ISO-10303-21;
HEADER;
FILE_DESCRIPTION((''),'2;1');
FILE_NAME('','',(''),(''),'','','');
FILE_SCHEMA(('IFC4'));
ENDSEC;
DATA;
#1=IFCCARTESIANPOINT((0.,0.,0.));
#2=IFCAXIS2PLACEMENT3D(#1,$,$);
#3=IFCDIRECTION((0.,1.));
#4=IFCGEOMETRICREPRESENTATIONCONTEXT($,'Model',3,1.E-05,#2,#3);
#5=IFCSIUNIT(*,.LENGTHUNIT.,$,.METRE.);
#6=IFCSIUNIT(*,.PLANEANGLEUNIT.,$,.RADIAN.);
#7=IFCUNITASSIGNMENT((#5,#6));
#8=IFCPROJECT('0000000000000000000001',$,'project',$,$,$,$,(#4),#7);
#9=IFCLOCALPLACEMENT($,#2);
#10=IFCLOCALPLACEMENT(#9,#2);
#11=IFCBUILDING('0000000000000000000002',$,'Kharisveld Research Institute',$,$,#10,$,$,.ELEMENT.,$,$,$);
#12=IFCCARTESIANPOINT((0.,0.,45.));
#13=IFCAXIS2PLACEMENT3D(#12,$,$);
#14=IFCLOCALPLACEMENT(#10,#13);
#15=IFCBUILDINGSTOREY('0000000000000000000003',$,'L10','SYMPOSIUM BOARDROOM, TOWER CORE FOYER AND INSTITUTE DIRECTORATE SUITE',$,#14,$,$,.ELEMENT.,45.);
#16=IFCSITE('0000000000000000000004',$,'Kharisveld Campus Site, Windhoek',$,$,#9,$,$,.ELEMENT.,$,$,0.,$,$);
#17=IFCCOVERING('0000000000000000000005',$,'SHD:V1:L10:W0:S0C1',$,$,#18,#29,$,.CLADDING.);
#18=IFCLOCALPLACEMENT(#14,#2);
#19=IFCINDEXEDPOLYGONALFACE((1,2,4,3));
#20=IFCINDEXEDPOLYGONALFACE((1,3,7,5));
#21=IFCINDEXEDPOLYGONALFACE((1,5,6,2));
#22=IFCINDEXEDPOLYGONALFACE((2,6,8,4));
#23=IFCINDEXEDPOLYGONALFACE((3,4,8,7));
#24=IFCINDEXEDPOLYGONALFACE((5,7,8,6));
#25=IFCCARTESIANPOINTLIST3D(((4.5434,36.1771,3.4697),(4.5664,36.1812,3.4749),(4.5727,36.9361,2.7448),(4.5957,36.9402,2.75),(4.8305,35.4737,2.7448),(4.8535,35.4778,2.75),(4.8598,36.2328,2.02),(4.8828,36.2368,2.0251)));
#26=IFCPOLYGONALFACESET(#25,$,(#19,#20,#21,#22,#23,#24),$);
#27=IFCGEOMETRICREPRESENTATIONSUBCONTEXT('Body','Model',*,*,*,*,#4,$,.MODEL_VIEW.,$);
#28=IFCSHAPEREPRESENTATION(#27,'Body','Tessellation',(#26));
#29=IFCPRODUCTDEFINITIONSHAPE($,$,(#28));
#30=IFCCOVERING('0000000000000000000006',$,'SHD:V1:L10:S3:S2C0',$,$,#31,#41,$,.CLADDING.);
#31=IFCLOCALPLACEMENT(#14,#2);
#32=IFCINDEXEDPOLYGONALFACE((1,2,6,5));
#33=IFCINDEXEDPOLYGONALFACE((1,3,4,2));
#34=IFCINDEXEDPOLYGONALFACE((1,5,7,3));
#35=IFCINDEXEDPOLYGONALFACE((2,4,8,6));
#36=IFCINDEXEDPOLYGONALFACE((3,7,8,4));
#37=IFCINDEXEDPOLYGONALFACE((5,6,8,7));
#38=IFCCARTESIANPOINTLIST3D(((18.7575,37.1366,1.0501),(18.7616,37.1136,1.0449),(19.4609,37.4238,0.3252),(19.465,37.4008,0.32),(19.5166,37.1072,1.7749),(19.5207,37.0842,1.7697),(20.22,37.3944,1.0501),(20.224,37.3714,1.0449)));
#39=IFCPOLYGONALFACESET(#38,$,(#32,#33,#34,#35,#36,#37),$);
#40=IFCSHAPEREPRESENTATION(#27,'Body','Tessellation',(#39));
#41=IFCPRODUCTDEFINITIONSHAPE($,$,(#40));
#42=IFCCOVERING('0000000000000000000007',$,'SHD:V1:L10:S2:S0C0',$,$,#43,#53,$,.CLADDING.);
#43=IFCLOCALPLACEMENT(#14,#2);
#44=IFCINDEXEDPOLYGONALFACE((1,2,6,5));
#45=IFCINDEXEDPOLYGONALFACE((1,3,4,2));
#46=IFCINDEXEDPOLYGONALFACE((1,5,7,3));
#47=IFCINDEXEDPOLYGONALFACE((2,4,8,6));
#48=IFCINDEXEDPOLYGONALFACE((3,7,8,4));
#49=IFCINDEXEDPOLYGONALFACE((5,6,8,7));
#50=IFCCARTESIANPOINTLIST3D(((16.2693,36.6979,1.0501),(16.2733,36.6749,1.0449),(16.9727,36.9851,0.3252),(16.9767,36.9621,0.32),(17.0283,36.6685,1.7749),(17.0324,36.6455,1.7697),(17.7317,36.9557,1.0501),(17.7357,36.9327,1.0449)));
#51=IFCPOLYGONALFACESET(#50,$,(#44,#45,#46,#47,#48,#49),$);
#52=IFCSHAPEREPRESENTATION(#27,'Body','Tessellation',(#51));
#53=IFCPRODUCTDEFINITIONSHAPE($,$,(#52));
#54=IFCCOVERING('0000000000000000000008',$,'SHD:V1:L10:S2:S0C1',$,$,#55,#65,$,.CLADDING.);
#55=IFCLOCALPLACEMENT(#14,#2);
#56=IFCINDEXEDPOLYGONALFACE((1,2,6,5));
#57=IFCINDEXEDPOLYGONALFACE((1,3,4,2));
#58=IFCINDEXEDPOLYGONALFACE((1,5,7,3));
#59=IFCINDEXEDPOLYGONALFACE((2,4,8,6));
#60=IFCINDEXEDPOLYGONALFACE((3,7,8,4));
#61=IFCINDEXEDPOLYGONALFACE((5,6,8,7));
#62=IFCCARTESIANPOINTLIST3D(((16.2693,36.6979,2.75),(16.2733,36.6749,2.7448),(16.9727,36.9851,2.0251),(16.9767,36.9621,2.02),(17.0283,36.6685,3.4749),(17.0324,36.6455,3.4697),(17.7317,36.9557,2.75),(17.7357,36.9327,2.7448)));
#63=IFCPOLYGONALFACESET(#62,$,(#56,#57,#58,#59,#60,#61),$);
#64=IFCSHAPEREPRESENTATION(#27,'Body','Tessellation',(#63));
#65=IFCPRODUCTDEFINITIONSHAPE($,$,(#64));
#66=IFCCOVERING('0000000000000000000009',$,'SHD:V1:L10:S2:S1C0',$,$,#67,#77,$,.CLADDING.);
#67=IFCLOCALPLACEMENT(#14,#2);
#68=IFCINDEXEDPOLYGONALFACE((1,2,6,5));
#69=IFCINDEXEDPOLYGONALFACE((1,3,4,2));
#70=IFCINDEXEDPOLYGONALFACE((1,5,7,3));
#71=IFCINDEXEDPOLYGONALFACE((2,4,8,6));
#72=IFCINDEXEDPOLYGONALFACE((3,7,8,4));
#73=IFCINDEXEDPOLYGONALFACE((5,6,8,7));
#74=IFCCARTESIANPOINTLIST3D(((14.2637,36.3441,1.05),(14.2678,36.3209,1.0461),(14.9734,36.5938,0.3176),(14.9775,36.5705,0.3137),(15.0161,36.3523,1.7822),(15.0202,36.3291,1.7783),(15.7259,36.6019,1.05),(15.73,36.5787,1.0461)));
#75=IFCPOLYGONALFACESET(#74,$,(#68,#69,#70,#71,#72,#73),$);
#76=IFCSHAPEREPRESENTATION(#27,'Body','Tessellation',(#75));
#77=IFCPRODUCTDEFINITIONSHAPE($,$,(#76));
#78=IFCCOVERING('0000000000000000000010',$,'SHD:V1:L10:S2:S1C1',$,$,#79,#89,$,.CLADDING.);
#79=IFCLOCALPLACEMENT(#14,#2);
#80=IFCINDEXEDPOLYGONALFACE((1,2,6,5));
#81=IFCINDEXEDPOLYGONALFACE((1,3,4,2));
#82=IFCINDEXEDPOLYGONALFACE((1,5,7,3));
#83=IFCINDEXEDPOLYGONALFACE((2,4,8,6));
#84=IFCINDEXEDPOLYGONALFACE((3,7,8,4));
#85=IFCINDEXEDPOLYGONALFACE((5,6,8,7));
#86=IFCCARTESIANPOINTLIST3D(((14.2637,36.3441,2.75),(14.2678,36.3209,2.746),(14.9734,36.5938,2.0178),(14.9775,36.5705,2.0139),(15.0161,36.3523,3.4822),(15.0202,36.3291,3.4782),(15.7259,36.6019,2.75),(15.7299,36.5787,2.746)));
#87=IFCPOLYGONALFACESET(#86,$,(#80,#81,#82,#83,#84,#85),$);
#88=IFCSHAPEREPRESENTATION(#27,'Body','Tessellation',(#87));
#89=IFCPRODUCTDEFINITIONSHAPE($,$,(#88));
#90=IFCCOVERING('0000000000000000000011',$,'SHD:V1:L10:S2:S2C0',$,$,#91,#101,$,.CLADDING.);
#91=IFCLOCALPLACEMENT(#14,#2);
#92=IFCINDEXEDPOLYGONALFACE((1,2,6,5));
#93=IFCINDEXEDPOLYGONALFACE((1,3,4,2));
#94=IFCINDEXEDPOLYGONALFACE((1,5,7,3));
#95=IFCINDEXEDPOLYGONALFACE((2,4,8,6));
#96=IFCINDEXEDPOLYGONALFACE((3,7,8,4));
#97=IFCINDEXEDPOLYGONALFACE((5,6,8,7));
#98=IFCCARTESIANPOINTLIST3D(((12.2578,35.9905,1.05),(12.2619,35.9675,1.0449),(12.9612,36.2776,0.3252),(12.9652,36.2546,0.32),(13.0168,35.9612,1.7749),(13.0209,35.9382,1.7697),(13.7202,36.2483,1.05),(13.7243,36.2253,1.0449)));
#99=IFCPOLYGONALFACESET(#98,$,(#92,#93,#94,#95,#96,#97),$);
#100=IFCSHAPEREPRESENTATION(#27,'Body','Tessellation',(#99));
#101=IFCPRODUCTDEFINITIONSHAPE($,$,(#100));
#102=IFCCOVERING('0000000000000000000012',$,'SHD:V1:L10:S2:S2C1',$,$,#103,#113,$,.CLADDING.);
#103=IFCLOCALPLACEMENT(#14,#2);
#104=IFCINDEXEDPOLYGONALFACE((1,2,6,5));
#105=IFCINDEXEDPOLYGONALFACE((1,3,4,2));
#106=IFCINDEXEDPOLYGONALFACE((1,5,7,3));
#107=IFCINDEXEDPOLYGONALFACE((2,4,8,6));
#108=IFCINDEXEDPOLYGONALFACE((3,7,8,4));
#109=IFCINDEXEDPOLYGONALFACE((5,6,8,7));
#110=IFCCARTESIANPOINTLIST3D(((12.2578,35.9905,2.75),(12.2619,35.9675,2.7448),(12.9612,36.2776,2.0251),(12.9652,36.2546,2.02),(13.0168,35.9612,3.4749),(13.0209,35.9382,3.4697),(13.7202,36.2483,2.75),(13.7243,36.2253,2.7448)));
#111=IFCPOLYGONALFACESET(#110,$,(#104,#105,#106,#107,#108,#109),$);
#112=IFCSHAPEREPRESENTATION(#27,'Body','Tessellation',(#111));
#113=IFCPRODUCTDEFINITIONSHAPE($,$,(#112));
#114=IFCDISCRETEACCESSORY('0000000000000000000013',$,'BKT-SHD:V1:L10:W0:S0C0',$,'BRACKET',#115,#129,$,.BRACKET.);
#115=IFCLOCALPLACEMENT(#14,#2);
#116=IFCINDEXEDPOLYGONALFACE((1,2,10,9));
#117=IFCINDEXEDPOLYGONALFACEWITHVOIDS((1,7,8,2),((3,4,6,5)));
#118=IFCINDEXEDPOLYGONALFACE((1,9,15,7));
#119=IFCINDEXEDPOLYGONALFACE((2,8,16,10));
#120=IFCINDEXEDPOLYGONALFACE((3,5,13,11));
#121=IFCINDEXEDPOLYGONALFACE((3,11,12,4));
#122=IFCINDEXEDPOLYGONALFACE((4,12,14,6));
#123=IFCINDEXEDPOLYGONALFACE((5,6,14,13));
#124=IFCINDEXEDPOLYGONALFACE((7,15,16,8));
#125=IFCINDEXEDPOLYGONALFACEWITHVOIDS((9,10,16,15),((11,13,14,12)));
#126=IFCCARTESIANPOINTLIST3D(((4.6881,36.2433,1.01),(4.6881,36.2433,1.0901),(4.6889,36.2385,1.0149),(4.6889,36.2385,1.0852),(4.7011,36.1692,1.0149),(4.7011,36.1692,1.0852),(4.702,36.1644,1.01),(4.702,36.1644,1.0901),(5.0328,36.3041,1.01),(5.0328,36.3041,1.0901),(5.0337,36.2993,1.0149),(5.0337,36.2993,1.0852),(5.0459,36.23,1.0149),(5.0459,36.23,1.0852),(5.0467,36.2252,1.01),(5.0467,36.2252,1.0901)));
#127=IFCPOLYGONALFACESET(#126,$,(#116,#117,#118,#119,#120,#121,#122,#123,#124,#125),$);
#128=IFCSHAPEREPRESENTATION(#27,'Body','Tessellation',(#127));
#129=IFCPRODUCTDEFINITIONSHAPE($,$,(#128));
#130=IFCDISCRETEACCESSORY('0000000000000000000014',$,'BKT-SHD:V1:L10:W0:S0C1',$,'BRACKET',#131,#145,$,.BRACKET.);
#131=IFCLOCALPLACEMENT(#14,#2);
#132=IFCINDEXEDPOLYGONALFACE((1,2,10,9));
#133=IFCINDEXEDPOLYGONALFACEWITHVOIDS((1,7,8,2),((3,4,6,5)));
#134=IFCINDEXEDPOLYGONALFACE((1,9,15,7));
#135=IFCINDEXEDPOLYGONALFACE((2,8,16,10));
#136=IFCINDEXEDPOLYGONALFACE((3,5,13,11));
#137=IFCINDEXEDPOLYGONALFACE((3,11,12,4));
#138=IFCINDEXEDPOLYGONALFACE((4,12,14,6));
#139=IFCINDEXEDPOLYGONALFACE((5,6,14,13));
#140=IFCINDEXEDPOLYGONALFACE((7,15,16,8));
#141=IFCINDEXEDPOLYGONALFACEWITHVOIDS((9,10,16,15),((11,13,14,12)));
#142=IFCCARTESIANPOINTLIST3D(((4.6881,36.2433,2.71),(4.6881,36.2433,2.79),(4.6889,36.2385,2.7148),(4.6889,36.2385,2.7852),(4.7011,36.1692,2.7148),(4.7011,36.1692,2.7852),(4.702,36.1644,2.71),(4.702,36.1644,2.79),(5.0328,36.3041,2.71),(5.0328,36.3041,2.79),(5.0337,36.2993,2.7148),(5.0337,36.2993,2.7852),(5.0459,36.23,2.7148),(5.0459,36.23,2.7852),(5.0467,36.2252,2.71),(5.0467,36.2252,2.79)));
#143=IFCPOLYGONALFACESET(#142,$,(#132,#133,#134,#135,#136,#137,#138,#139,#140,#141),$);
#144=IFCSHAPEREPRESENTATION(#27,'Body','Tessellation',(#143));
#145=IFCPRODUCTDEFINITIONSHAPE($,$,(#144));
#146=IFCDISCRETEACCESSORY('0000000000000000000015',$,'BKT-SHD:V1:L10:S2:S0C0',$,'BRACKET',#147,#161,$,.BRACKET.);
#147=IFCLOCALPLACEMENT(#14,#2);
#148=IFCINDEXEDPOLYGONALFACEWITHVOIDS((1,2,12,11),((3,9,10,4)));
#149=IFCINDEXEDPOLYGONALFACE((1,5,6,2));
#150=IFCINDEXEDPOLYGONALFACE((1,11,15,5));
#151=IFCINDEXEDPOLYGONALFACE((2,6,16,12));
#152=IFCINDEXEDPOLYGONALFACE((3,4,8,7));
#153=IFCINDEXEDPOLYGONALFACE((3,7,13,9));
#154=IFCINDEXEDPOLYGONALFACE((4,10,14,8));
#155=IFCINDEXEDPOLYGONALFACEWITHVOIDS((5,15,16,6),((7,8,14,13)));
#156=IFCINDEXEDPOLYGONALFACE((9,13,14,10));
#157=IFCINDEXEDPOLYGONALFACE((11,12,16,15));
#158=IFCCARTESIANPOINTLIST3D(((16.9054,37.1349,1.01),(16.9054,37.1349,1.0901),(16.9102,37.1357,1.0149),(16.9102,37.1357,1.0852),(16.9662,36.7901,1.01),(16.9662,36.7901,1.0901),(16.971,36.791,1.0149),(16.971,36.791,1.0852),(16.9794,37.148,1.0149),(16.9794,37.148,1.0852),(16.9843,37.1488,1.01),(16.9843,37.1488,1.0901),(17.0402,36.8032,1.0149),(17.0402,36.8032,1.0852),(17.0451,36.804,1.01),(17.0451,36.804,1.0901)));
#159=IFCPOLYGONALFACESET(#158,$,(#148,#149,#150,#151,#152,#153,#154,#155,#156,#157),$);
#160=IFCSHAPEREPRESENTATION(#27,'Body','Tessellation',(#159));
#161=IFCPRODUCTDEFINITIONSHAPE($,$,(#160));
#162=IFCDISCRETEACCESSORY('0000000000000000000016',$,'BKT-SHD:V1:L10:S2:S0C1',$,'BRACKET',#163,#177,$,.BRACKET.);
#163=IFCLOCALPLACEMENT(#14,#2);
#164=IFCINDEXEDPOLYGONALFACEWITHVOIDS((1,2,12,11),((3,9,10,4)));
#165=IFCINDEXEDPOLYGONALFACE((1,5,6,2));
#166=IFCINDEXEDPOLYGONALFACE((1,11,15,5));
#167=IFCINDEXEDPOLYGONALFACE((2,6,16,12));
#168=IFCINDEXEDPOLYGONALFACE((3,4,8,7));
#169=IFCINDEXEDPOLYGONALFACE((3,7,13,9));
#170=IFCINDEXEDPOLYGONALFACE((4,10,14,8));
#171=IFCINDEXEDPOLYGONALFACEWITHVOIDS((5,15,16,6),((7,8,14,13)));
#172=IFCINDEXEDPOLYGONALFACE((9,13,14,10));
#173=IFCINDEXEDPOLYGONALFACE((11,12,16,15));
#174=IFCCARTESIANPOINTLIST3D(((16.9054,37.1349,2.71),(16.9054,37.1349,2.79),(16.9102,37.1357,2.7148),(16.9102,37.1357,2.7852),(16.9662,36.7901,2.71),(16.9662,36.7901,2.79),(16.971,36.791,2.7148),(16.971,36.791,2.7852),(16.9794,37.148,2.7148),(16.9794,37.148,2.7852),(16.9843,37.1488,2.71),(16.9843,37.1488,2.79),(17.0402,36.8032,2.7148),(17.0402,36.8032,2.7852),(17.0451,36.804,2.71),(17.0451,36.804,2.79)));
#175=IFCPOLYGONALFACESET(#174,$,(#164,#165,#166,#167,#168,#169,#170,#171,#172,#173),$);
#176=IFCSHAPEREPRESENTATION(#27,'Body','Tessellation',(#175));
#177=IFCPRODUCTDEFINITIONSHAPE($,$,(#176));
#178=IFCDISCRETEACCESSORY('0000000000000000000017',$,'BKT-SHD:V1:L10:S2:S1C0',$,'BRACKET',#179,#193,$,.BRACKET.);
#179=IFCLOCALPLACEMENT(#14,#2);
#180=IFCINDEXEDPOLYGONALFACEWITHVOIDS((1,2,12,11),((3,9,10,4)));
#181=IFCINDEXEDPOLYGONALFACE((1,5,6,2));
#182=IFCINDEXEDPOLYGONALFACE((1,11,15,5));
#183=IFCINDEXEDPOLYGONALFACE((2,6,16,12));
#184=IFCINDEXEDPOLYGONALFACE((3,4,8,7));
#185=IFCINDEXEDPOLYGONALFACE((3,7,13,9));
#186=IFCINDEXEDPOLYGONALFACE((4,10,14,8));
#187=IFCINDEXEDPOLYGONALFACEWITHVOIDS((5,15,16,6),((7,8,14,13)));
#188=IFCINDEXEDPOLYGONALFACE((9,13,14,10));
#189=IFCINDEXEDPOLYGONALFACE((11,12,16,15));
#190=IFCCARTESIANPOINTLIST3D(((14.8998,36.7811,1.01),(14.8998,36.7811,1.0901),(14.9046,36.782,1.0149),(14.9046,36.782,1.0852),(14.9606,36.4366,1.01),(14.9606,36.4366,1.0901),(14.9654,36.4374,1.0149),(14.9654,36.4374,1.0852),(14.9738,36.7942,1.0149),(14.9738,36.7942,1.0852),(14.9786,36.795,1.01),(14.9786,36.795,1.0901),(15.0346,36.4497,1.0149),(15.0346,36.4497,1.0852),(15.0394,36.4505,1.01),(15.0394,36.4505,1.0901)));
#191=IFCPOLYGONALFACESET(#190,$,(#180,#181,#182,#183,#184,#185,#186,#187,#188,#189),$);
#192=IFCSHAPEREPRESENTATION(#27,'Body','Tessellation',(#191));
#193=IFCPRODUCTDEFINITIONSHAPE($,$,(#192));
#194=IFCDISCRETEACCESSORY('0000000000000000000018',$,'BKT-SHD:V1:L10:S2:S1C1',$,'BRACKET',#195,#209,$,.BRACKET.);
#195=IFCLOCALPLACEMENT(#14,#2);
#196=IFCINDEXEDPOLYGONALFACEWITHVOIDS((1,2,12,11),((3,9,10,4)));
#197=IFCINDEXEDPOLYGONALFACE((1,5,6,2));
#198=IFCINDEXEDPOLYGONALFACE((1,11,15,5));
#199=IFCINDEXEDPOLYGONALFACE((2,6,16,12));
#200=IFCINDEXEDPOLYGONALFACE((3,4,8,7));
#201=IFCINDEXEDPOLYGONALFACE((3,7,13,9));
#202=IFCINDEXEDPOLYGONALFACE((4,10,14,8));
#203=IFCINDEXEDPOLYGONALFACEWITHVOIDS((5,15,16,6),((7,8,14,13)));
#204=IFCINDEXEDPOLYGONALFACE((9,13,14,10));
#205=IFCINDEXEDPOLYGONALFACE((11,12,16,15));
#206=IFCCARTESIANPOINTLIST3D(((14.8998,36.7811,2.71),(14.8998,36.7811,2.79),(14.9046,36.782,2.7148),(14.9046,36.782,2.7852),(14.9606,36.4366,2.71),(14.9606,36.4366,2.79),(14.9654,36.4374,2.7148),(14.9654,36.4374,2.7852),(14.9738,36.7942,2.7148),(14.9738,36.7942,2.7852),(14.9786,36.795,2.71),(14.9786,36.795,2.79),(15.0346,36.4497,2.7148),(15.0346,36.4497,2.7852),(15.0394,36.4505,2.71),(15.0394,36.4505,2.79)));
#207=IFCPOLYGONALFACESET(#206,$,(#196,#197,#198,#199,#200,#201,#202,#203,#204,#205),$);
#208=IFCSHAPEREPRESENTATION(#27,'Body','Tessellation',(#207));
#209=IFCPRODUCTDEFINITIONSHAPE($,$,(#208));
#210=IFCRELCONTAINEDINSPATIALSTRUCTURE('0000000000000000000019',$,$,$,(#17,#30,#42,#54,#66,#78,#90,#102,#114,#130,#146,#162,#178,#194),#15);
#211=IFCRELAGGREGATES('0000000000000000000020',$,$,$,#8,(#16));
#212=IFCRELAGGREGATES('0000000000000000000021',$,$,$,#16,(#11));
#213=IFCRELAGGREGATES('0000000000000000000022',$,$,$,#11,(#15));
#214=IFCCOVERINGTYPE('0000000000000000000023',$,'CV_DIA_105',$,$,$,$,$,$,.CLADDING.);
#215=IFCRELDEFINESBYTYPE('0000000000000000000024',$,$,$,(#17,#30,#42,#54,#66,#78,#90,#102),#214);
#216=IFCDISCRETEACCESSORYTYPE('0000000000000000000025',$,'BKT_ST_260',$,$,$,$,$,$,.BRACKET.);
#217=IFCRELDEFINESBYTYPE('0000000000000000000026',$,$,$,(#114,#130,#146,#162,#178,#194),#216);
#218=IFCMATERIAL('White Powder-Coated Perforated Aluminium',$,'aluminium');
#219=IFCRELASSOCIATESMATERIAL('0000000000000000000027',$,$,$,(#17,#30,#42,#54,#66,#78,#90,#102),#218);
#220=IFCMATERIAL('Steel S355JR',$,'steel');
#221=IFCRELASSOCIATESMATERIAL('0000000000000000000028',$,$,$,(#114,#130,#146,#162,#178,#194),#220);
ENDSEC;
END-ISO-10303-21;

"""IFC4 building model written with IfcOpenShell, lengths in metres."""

from ifc_helpers import new_model, si_unit, direction, frame, origin, origin_2d, place, context, subcontext, project, spatial, polyline, hollow_rectangle, outline, extrude, material, type_object, element, save


model = new_model("IFC4")

# Units and contexts
model_context = context("Model", 3, precision=1e-05, world=origin(), true_north=direction((0.0, 1.0)))
body_context = subcontext(model_context, "Body", "Model", "MODEL_VIEW")
ifc_project = project(units=[si_unit("LENGTHUNIT", "METRE"), si_unit("PLANEANGLEUNIT", "RADIAN")], contexts=[model_context])

# Site, building, storey
site_placement = place(None, origin())
site = spatial("IfcSite", under=ifc_project, at=site_placement, Name="Kharisveld Campus Site, Windhoek", CompositionType="ELEMENT", RefElevation=0.0)
building_placement = place(site_placement, origin())
building = spatial("IfcBuilding", under=site, at=building_placement, Name="Kharisveld Research Institute", CompositionType="ELEMENT")
storey_placement = place(building_placement, frame((0.0, 0.0, 45.0)))
storey = spatial("IfcBuildingStorey", under=building, at=storey_placement, Name="L10", Description="SYMPOSIUM BOARDROOM, TOWER CORE FOYER AND INSTITUTE DIRECTORATE SUITE", CompositionType="ELEMENT", Elevation=45.0)

# Coverings
ifc_material_1 = material(Name="White Powder-Coated Perforated Aluminium", Category="aluminium")
covering_type = type_object("IfcCoveringType", Name="CV_DIA_105", PredefinedType="CLADDING")
for number, where, z_axis, x_axis, name in (
    (1, (4.8828, 36.2368, 2.0251), (0.961487, 0.169504, 0.216358), (-0.273429, 0.669853, 0.690314), "SHD:V1:L10:W0:S0C1"),
):
    element("IfcCovering", number, at=place(storey_placement, frame(where, z_axis=z_axis, x_axis=x_axis)), inside=storey, type_object=covering_type, material=ifc_material_1, Name=name, PredefinedType="CLADDING", context=body_context, shape_type="SweptSolid", body=[
        extrude(outline(polyline([(0.0, 0.0), (1.05, 0.0), (1.05, 1.05), (-0.0001, 1.05), (0.0, 0.0)])), origin(), (0.0, 0.0, -1.0), 0.0239),
    ])
for number, where, z_axis, x_axis, name in (
    (2, (19.4609, 37.4238, 0.3252), (-0.169498, 0.961453, 0.216512), (-0.66983, -0.273536, 0.690294), "SHD:V1:L10:S3:S2C0"),
    (3, (16.9727, 36.9851, 0.3252), (-0.169498, 0.961453, 0.216512), (-0.66983, -0.273536, 0.690294), "SHD:V1:L10:S2:S0C0"),
    (4, (16.9727, 36.9851, 2.0251), (-0.169498, 0.961453, 0.216512), (-0.66983, -0.273536, 0.690294), "SHD:V1:L10:S2:S0C1"),
):
    element("IfcCovering", number, at=place(storey_placement, frame(where, z_axis=z_axis, x_axis=x_axis)), inside=storey, type_object=covering_type, material=ifc_material_1, Name=name, PredefinedType="CLADDING", context=body_context, shape_type="SweptSolid", body=[
        extrude(outline(polyline([(0.0, 0.0), (1.0501, 0.0), (1.0501, 1.05), (0.0, 1.05), (0.0, 0.0)])), origin(), (0.0, 0.0, -1.0), 0.0239),
    ])
covering_1_placement = place(storey_placement, frame((14.9734, 36.5938, 0.3176), z_axis=(-0.171261, 0.97129, 0.165124), x_axis=(-0.67593, -0.23777, 0.697556)))
element("IfcCovering", 5, at=covering_1_placement, inside=storey, type_object=covering_type, material=ifc_material_1, Name="SHD:V1:L10:S2:S1C0", PredefinedType="CLADDING", context=body_context, shape_type="SweptSolid", body=[
    extrude(outline(polyline([(0.0, 0.0), (1.05, 0.0), (1.0502, 1.0499), (0.0003, 1.0501), (0.0, 0.0)])), origin(), (0.0, 0.0, -1.0), 0.0239),
])
covering_2_placement = place(storey_placement, frame((14.9734, 36.5938, 2.0178), z_axis=(-0.17126, 0.971285, 0.16515), x_axis=(-0.676043, -0.23779, 0.69744)))
element("IfcCovering", 6, at=covering_2_placement, inside=storey, type_object=covering_type, material=ifc_material_1, Name="SHD:V1:L10:S2:S1C1", PredefinedType="CLADDING", context=body_context, shape_type="SweptSolid", body=[
    extrude(outline(polyline([(0.0, 0.0), (1.0498, 0.0), (1.0498, 1.0499), (0.0, 1.0499), (0.0, 0.0)])), origin(), (0.0, 0.0, -1.0), 0.0239),
])
for number, where, z_axis, x_axis, name in (
    (7, (12.9612, 36.2776, 0.3252), (-0.169504, 0.961487, 0.216358), (-0.669853, -0.273429, 0.690314), "SHD:V1:L10:S2:S2C0"),
    (8, (12.9612, 36.2776, 2.0251), (-0.169504, 0.961487, 0.216358), (-0.669853, -0.273429, 0.690314), "SHD:V1:L10:S2:S2C1"),
):
    element("IfcCovering", number, at=place(storey_placement, frame(where, z_axis=z_axis, x_axis=x_axis)), inside=storey, type_object=covering_type, material=ifc_material_1, Name=name, PredefinedType="CLADDING", context=body_context, shape_type="SweptSolid", body=[
        extrude(outline(polyline([(0.0, 0.0), (1.05, 0.0), (1.05, 1.05), (-0.0001, 1.05), (0.0, 0.0)])), origin(), (0.0, 0.0, -1.0), 0.0239),
    ])

# Discrete accessories
ifc_material_2 = material(Name="Steel S355JR", Category="steel")
discrete_accessory_type = type_object("IfcDiscreteAccessoryType", Name="BKT_ST_260", PredefinedType="BRACKET")
for number, where, z_axis, x_axis, name in (
    (9, (5.0398, 36.2646, 1.05), (-0.984805, -0.173666, 0.0), (0.173666, -0.984805, 0.0), "BKT-SHD:V1:L10:W0:S0C0"),
    (10, (5.0398, 36.2646, 2.75), (-0.984805, -0.173666, 0.0), (0.173666, -0.984805, 0.0), "BKT-SHD:V1:L10:W0:S0C1"),
    (11, (16.9448, 37.1418, 1.05), (0.173666, -0.984805, 0.0), (0.984805, 0.173666, 0.0), "BKT-SHD:V1:L10:S2:S0C0"),
    (12, (16.9448, 37.1418, 2.75), (0.173666, -0.984805, 0.0), (0.984805, 0.173666, 0.0), "BKT-SHD:V1:L10:S2:S0C1"),
):
    element("IfcDiscreteAccessory", number, at=place(storey_placement, frame(where, z_axis=z_axis, x_axis=x_axis)), inside=storey, type_object=discrete_accessory_type, material=ifc_material_2, Name=name, ObjectType="BRACKET", PredefinedType="BRACKET", context=body_context, shape_type="SweptSolid", body=[
        extrude(hollow_rectangle(XDim=0.0801, YDim=0.0801, WallThickness=0.0049, at=origin_2d()), origin(), (0.0, 0.0, 1.0), 0.3501),
    ])
for number, where, z_axis, x_axis, name in (
    (13, (14.9392, 36.7881, 1.05), (0.173785, -0.984784, 0.0), (0.984784, 0.173785, 0.0), "BKT-SHD:V1:L10:S2:S1C0"),
    (14, (14.9392, 36.7881, 2.75), (0.173785, -0.984784, 0.0), (0.984784, 0.173785, 0.0), "BKT-SHD:V1:L10:S2:S1C1"),
):
    element("IfcDiscreteAccessory", number, at=place(storey_placement, frame(where, z_axis=z_axis, x_axis=x_axis)), inside=storey, type_object=discrete_accessory_type, material=ifc_material_2, Name=name, ObjectType="BRACKET", PredefinedType="BRACKET", context=body_context, shape_type="SweptSolid", body=[
        extrude(hollow_rectangle(XDim=0.0801, YDim=0.0801, WallThickness=0.0049, at=origin_2d()), origin(), (0.0, 0.0, 1.0), 0.3499),
    ])

save(model, "model.ifc")
